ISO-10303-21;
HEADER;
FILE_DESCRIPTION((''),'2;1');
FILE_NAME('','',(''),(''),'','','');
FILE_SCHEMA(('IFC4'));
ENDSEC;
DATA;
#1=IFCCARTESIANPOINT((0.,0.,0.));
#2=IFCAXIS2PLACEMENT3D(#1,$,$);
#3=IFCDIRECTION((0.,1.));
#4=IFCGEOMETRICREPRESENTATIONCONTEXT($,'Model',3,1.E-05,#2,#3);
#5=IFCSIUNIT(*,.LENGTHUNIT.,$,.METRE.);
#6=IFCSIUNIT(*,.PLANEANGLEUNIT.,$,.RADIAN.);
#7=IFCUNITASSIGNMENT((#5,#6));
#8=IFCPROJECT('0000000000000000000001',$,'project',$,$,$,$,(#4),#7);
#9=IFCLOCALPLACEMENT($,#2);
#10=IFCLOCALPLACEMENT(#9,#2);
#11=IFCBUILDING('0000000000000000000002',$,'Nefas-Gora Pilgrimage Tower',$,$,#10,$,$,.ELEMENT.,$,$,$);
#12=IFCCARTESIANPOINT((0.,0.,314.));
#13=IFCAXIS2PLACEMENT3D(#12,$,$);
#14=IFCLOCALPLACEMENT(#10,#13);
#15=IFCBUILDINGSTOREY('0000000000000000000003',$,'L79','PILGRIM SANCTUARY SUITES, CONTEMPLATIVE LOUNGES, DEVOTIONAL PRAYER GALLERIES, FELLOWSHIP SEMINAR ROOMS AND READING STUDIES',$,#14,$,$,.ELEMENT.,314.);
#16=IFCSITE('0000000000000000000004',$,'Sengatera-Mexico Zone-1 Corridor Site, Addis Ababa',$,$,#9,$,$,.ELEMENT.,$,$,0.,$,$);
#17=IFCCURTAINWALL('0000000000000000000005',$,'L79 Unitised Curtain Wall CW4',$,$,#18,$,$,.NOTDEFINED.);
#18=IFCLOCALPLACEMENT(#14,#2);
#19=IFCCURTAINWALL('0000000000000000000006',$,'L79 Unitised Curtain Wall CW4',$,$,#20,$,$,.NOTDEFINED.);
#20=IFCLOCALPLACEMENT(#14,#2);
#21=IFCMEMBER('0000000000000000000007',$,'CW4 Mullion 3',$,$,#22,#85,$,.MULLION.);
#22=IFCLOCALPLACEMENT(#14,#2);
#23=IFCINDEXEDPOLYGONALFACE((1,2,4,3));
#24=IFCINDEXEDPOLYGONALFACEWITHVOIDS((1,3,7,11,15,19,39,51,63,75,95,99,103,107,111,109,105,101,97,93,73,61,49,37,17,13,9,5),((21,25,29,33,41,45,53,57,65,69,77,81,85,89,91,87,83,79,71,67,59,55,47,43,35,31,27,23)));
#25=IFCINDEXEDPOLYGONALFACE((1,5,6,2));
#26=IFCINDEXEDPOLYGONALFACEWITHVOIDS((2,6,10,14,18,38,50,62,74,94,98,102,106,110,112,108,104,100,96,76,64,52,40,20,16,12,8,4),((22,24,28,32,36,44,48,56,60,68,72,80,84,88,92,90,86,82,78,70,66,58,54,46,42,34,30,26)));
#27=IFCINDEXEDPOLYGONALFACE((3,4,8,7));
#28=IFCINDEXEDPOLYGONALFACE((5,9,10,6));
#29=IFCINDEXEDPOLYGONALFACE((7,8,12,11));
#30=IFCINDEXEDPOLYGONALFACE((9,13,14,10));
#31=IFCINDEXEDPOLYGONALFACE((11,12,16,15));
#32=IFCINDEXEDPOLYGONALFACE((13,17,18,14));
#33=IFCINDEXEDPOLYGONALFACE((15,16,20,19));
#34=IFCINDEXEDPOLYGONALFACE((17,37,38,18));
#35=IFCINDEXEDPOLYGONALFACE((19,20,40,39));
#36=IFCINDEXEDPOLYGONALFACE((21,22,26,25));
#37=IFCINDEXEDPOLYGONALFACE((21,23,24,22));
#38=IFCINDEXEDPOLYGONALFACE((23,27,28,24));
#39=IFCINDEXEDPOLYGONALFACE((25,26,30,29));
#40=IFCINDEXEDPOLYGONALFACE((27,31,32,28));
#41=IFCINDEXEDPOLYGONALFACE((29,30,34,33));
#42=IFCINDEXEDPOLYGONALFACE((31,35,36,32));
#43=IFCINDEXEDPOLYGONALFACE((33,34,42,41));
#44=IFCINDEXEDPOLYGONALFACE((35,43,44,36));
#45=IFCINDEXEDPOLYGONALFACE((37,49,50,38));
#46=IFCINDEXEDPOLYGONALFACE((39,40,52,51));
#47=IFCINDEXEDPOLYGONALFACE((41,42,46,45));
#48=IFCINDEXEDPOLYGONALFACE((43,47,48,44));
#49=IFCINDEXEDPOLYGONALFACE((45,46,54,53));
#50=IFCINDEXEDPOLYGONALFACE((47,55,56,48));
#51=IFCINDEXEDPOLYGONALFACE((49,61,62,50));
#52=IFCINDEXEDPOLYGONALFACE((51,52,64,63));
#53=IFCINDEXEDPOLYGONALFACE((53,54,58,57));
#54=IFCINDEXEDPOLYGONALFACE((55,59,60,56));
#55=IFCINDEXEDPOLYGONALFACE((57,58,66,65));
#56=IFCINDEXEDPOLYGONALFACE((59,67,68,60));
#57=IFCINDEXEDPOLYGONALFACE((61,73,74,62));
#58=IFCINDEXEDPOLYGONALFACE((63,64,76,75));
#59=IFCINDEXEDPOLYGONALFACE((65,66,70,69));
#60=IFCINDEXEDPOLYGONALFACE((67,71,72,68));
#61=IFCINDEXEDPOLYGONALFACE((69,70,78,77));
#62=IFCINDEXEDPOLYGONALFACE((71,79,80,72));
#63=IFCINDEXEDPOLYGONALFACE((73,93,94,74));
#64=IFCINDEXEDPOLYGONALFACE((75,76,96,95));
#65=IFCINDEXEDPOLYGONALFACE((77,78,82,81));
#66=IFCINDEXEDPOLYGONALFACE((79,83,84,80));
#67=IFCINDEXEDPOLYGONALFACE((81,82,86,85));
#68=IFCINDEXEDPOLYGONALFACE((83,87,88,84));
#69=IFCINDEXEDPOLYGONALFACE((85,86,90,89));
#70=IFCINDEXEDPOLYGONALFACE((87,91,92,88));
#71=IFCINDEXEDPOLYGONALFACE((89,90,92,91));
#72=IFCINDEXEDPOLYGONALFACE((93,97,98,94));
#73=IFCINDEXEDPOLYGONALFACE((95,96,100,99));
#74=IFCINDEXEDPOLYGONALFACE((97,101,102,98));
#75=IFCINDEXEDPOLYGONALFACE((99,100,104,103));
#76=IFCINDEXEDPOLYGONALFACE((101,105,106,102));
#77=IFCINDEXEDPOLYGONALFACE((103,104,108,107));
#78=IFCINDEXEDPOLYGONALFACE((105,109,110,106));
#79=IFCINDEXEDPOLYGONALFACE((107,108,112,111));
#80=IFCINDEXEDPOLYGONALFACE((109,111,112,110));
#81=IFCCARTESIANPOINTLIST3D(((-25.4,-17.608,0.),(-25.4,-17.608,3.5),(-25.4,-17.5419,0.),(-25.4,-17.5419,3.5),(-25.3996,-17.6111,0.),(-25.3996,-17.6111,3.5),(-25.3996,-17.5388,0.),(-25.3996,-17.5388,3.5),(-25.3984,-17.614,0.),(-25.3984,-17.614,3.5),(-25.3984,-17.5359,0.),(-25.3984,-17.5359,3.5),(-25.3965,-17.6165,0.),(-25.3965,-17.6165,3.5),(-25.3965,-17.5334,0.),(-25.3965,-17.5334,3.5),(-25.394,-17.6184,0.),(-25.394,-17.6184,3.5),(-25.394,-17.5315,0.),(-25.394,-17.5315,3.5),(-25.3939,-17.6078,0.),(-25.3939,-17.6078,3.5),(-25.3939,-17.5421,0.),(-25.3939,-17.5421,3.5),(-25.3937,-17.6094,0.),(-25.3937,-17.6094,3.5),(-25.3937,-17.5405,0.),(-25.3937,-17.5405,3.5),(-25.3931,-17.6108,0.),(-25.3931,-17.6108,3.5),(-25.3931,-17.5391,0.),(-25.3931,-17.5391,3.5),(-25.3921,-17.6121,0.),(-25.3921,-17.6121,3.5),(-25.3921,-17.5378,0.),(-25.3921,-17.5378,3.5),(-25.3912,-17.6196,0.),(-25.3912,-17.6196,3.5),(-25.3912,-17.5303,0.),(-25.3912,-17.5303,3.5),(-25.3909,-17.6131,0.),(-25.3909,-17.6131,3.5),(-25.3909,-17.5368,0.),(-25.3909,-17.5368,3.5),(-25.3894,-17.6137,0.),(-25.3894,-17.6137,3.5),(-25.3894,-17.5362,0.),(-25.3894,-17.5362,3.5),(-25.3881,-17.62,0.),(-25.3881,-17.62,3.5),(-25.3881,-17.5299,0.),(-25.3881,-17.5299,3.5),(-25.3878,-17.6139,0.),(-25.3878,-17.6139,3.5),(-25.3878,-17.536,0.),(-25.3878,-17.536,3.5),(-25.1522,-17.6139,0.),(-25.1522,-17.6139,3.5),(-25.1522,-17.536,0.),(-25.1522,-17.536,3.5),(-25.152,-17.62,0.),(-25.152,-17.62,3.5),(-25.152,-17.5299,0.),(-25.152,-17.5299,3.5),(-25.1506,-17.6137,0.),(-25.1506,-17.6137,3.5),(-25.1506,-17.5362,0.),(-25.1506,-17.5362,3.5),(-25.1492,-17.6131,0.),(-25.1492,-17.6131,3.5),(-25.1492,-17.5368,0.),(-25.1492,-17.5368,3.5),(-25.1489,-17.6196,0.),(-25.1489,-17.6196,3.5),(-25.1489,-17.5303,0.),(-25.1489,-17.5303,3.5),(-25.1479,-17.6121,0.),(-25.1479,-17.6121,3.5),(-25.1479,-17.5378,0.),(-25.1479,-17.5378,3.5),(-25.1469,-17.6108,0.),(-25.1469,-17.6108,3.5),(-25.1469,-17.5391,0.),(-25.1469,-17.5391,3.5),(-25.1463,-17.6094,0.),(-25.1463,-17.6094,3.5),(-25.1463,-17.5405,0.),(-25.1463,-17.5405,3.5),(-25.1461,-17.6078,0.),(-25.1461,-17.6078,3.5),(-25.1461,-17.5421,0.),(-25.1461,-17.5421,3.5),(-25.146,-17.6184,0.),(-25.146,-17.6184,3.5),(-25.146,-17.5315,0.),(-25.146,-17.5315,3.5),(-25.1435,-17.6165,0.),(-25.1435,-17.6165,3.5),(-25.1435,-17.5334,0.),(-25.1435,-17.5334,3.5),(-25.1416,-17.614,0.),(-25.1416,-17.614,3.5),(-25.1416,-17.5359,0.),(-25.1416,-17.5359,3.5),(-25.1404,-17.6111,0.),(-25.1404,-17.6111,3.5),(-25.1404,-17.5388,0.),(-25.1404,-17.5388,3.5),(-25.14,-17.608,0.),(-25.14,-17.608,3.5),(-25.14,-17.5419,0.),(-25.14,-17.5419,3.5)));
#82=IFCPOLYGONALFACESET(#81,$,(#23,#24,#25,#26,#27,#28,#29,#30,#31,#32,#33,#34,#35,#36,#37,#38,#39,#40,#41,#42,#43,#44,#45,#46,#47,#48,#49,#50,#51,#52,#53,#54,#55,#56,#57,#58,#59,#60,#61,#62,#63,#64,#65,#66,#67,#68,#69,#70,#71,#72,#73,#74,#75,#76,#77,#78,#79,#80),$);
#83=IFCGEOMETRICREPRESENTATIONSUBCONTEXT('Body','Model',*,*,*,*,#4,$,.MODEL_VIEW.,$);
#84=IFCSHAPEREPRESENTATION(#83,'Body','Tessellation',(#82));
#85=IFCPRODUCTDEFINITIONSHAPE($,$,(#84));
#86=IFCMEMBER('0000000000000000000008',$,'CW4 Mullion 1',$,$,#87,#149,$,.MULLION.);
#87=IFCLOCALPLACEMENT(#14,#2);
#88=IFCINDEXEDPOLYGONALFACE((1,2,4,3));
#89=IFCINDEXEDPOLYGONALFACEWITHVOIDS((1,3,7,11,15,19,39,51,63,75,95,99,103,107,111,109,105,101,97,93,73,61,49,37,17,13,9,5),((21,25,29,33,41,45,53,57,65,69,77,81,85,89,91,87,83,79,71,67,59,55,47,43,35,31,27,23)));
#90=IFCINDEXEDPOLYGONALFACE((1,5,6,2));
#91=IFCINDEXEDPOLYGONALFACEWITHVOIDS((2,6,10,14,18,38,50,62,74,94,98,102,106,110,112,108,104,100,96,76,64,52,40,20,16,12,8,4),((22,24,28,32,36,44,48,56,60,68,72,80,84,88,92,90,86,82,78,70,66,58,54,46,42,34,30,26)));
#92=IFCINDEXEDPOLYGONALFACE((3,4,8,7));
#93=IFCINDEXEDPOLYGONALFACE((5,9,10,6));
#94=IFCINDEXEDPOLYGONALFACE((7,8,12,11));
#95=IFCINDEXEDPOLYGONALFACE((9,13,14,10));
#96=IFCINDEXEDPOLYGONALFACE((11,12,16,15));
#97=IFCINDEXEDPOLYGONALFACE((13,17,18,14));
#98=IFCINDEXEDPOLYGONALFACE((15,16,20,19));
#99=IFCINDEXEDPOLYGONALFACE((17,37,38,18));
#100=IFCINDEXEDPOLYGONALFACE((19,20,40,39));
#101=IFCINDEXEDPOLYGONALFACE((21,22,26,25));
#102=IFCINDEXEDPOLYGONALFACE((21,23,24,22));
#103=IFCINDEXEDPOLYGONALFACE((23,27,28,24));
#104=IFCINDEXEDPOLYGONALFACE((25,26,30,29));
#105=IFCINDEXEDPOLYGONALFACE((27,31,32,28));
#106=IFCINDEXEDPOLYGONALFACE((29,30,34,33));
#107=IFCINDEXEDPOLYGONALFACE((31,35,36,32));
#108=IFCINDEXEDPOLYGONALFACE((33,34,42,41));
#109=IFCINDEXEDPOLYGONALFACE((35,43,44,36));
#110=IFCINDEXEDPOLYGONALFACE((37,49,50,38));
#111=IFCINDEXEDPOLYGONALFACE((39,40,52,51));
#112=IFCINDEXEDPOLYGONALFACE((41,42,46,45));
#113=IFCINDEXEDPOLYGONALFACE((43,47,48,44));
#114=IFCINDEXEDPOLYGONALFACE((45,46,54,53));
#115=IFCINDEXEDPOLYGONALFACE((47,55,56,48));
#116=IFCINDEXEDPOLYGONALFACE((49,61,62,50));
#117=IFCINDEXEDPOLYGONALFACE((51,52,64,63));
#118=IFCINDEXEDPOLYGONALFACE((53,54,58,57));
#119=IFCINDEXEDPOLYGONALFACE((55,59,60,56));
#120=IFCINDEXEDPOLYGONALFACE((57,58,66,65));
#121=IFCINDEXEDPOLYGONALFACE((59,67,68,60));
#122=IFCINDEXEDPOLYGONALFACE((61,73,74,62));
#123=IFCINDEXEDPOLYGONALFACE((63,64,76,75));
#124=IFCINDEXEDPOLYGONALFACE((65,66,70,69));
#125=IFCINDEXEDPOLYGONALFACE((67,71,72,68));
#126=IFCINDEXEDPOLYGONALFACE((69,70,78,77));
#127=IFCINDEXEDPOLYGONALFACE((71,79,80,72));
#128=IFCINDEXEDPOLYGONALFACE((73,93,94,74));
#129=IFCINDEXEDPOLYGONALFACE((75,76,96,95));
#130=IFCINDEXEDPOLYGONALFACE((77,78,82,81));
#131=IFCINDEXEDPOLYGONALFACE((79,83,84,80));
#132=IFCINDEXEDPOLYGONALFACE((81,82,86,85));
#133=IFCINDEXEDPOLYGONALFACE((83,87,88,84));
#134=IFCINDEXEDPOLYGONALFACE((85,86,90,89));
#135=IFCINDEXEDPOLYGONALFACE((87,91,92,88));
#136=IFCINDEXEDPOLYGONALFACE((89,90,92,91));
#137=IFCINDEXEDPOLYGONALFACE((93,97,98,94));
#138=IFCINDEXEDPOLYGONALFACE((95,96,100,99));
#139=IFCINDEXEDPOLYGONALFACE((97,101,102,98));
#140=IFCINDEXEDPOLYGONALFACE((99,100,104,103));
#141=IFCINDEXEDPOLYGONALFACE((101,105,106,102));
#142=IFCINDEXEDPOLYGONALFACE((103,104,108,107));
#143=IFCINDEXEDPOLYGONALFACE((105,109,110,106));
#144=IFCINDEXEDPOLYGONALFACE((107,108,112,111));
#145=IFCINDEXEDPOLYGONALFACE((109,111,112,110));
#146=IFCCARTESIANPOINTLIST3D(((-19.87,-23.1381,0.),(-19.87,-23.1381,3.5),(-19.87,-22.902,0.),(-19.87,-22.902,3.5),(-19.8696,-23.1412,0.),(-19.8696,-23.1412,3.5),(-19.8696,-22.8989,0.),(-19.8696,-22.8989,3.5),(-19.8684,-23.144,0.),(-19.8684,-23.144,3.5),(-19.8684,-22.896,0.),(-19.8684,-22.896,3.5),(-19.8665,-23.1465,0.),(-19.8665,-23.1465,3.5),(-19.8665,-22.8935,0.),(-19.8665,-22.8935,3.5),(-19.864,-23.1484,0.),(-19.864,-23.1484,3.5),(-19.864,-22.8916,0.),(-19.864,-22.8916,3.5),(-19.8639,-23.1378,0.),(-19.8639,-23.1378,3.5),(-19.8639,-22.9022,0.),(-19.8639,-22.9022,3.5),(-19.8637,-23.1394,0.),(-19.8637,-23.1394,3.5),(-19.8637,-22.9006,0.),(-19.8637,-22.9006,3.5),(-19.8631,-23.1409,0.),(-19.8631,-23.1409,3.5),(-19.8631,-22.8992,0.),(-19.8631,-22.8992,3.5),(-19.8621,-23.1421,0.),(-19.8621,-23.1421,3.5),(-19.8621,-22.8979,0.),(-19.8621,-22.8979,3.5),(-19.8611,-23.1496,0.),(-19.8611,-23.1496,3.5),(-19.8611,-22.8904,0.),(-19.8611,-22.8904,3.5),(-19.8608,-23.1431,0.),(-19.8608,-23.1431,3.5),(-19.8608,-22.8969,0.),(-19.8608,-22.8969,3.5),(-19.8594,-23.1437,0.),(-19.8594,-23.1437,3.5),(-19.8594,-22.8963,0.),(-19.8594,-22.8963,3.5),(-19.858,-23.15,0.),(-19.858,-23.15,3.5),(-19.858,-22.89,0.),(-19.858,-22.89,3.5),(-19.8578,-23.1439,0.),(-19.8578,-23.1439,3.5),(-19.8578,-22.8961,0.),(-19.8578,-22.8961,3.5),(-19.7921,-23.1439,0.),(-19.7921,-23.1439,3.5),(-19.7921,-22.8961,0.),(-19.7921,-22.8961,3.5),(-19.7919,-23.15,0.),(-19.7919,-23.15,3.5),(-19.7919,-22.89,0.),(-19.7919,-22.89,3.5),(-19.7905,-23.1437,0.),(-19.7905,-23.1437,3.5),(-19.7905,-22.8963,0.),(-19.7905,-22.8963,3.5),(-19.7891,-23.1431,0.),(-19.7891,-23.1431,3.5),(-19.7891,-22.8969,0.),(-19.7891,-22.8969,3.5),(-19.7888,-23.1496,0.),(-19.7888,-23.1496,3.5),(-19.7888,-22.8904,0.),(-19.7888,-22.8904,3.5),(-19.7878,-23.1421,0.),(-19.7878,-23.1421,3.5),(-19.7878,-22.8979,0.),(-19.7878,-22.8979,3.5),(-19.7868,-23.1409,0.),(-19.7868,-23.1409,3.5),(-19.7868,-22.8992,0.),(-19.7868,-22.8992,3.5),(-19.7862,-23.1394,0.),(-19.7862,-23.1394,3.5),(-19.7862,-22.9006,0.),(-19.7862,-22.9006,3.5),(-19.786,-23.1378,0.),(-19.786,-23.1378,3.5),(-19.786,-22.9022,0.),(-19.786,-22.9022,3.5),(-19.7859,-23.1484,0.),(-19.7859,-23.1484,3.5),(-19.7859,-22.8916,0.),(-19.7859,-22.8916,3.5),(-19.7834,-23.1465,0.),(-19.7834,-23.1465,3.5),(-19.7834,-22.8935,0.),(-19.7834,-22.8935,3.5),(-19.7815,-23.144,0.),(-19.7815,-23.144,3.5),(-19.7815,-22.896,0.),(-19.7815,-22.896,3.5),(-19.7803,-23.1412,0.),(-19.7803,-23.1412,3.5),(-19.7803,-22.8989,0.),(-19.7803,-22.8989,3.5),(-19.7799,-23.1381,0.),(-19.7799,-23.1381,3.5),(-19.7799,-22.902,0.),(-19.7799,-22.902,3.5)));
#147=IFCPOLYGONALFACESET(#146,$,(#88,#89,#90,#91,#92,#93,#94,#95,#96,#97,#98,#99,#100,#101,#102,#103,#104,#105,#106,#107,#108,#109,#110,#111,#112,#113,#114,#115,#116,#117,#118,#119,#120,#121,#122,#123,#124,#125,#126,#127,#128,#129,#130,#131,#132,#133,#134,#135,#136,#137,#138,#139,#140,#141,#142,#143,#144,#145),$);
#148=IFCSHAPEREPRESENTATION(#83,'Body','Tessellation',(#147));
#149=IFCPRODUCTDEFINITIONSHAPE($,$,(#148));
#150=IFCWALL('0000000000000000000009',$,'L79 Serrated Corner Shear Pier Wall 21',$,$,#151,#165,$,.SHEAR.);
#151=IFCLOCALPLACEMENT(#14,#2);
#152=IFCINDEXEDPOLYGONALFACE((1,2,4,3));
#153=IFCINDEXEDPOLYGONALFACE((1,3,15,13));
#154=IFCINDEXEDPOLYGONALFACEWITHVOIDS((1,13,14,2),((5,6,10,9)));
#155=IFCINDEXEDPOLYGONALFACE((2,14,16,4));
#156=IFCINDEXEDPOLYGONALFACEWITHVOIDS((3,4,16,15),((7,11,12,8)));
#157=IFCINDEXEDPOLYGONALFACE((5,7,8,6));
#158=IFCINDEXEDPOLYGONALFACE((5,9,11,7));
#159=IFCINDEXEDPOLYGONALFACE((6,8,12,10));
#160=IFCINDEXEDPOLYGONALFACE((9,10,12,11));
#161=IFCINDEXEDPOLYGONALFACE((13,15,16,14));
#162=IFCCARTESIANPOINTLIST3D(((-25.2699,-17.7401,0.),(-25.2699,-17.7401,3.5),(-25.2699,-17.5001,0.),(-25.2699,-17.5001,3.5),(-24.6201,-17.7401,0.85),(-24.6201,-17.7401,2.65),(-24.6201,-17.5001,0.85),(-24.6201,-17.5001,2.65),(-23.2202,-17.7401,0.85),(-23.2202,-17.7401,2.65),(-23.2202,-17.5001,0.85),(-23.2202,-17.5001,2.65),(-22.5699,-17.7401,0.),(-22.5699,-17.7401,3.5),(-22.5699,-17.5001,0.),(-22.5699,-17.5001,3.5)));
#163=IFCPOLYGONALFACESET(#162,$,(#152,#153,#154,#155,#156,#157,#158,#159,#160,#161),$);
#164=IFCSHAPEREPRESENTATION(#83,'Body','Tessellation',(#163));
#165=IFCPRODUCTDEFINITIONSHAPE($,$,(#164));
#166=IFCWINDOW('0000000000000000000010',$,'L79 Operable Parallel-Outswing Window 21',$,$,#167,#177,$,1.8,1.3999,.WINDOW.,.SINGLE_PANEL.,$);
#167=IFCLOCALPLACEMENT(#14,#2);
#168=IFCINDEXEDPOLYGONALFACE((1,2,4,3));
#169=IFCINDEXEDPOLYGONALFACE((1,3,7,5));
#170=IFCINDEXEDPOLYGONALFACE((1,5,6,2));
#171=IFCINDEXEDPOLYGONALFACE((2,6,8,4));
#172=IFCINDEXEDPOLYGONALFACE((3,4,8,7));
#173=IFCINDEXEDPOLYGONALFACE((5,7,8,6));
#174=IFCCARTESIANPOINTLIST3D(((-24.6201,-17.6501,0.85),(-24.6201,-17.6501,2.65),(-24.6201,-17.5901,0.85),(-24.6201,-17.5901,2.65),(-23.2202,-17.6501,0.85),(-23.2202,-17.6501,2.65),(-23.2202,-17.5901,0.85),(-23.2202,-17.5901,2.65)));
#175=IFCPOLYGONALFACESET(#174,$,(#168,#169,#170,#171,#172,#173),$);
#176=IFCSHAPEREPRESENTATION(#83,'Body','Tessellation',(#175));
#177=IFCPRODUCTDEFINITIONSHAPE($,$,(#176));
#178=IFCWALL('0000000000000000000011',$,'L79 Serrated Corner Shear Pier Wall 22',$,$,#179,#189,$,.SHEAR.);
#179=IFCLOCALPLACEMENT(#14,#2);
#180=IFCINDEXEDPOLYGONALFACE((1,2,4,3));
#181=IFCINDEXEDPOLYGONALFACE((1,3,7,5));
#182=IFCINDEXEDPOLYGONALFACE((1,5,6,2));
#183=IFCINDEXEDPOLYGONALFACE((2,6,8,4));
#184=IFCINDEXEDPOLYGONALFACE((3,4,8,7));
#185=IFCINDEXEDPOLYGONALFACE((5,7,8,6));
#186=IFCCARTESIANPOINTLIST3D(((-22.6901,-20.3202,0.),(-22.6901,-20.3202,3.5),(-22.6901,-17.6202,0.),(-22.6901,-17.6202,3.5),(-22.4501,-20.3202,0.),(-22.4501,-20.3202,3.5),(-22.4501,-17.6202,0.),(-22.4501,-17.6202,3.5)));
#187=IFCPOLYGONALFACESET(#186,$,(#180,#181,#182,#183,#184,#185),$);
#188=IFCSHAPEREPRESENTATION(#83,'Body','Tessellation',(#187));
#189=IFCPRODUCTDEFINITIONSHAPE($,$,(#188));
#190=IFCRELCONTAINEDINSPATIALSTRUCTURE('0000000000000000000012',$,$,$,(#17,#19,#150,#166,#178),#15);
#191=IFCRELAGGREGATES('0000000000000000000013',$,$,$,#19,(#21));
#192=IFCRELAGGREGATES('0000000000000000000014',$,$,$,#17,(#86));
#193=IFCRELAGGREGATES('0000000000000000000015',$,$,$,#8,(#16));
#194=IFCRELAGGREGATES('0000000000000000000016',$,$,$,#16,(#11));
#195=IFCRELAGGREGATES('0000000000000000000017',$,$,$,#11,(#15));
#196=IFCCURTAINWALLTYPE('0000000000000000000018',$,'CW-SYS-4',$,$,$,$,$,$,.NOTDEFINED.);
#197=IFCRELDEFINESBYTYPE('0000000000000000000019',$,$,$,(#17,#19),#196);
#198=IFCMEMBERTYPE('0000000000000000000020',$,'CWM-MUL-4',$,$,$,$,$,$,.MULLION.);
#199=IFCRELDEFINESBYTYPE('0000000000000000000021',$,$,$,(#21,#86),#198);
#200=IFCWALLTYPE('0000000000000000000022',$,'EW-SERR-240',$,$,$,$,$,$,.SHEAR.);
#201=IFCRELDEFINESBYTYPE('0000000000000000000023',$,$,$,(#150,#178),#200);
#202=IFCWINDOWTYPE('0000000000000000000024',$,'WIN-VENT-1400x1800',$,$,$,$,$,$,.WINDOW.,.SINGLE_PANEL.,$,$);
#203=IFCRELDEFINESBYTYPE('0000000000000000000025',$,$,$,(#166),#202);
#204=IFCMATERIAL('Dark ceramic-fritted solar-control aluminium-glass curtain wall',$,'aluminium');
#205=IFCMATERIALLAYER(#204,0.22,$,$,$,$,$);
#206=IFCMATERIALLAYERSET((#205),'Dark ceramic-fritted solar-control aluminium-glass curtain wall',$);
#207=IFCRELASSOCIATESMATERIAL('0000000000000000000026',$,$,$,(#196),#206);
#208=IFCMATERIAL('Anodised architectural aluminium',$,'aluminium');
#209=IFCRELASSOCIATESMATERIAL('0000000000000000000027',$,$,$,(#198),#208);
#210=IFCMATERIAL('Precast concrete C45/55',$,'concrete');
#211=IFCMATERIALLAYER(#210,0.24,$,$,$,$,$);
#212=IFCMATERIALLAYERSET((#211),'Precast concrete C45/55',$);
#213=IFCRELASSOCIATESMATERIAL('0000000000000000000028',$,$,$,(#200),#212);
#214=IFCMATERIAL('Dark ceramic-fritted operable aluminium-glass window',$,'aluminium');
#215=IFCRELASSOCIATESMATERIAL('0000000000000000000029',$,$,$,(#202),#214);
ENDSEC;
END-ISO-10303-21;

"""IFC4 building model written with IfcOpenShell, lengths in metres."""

from ifc_helpers import new_model, si_unit, direction, frame, frame_2d, origin, origin_2d, place, context, subcontext, project, spatial, rectangle, hollow_rectangle, extrude, source, transform, mapped, material, layer, layer_set, material_profile, profile_set, type_object, element, fill, aggregate, save


model = new_model("IFC4")

# Units and contexts
model_context = context("Model", 3, precision=1e-05, world=origin(), true_north=direction((0.0, 1.0)))
body_context = subcontext(model_context, "Body", "Model", "MODEL_VIEW")
ifc_project = project(units=[si_unit("LENGTHUNIT", "METRE"), si_unit("PLANEANGLEUNIT", "RADIAN")], contexts=[model_context])

# Site, building, storey
site_placement = place(None, origin())
site = spatial("IfcSite", under=ifc_project, at=site_placement, Name="Sengatera-Mexico Zone-1 Corridor Site, Addis Ababa", CompositionType="ELEMENT", RefElevation=0.0)
building_placement = place(site_placement, origin())
building = spatial("IfcBuilding", under=site, at=building_placement, Name="Nefas-Gora Pilgrimage Tower", CompositionType="ELEMENT")
storey_placement = place(building_placement, frame((0.0, 0.0, 314.0)))
storey = spatial("IfcBuildingStorey", under=building, at=storey_placement, Name="L79", Description="PILGRIM SANCTUARY SUITES, CONTEMPLATIVE LOUNGES, DEVOTIONAL PRAYER GALLERIES, FELLOWSHIP SEMINAR ROOMS AND READING STUDIES", CompositionType="ELEMENT", Elevation=314.0)

# Curtain walls, member
ifc_material_1 = material(Name="Dark ceramic-fritted solar-control aluminium-glass curtain wall", Category="aluminium")
ifc_layer_1 = layer(ifc_material_1, 0.22)
ifc_layer_set_1 = layer_set([ifc_layer_1], Name="Dark ceramic-fritted solar-control aluminium-glass curtain wall")
curtain_wall_type = type_object("IfcCurtainWallType", Name="CW-SYS-4", PredefinedType="NOTDEFINED", material=ifc_layer_set_1)
curtain_wall_1_placement = place(storey_placement, origin())
curtain_wall_1 = element("IfcCurtainWall", 1, at=curtain_wall_1_placement, inside=storey, type_object=curtain_wall_type, Name="L79 Unitised Curtain Wall CW4", PredefinedType="NOTDEFINED")
ifc_material_2 = material(Name="Anodised architectural aluminium", Category="aluminium")
curtain_wall_2_placement = place(storey_placement, origin())
curtain_wall_2 = element("IfcCurtainWall", 2, at=curtain_wall_2_placement, inside=storey, type_object=curtain_wall_type, Name="L79 Unitised Curtain Wall CW4", PredefinedType="NOTDEFINED")
ifc_material_profile_1 = material_profile(ifc_material_2, hollow_rectangle(XDim=0.0901, YDim=0.26, WallThickness=0.0061, InnerFilletRadius=0.0061, OuterFilletRadius=0.012, at=origin_2d()), Name="ALU MULLION 90x260")
ifc_profile_set_1 = profile_set([ifc_material_profile_1], Name="Anodised architectural aluminium")
member_type_1 = type_object("IfcMemberType", Name="CWM-MUL-4", PredefinedType="MULLION", material=ifc_profile_set_1)
shared_shape_1 = source(origin(), body_context, "Body", "SweptSolid", [
    extrude(hollow_rectangle(XDim=0.0901, YDim=0.26, WallThickness=0.0061, InnerFilletRadius=0.0061, OuterFilletRadius=0.012, at=origin_2d()), origin(), (0.0, 0.0, 1.0), 3.5),
])
member_1_placement = place(storey_placement, frame((-25.27, -17.575, 0.0), z_axis=(0.0, 0.0, 1.0), x_axis=(0.0, -1.0, 0.0)))
member_1 = element("IfcMember", 3, at=member_1_placement, type_object=member_type_1, Name="CW4 Mullion 3", PredefinedType="MULLION", context=body_context, shape_type="MappedRepresentation", body=[
    mapped(shared_shape_1, transform((0.0, 0.0, 0.0), x_axis=(1.0, 0.0, 0.0), y_axis=(0.0, 1.0, 0.0), z_axis=(0.0, 0.0, 1.0), scale=1.0)),
])
aggregate(curtain_wall_2, [member_1])

# Member
member_2_placement = place(storey_placement, frame((-19.825, -23.02, 0.0), z_axis=(0.0, 0.0, 1.0), x_axis=(1.0, 0.0, 0.0)))
member_2 = element("IfcMember", 4, at=member_2_placement, type_object=member_type_1, Name="CW4 Mullion 1", PredefinedType="MULLION", context=body_context, shape_type="MappedRepresentation", body=[
    mapped(shared_shape_1, transform((0.0, 0.0, 0.0), x_axis=(1.0, 0.0, 0.0), y_axis=(0.0, 1.0, 0.0), z_axis=(0.0, 0.0, 1.0), scale=1.0)),
])
aggregate(curtain_wall_1, [member_2])

# Wall, opening, window
ifc_material_3 = material(Name="Precast concrete C45/55", Category="concrete")
ifc_layer_2 = layer(ifc_material_3, 0.24)
ifc_layer_set_2 = layer_set([ifc_layer_2], Name="Precast concrete C45/55")
wall_type_1 = type_object("IfcWallType", Name="EW-SERR-240", PredefinedType="SHEAR", material=ifc_layer_set_2)
shared_shape_2 = source(origin(), body_context, "Body", "SweptSolid", [
    extrude(rectangle(XDim=2.7, YDim=0.24, at=frame_2d((1.3501, 0.0))), origin(), (0.0, 0.0, 1.0), 3.5),
])
wall_1_placement = place(storey_placement, frame((-25.27, -17.6201, 0.0), z_axis=(0.0, 0.0, 1.0), x_axis=(1.0, 0.0, 0.0)))
wall_1 = element("IfcWall", 5, at=wall_1_placement, inside=storey, type_object=wall_type_1, Name="L79 Serrated Corner Shear Pier Wall 21", PredefinedType="SHEAR", context=body_context, shape_type="MappedRepresentation", body=[
    mapped(shared_shape_2, transform((0.0, 0.0, 0.0), x_axis=(1.0, 0.0, 0.0), y_axis=(0.0, 1.0, 0.0), z_axis=(0.0, 0.0, 1.0), scale=1.0)),
])
opening_1_placement = place(wall_1_placement, frame((0.6499, 0.0, 0.8501)))
opening_1 = element("IfcOpeningElement", 6, at=opening_1_placement, cuts=wall_1, PredefinedType="OPENING", context=body_context, shape_type="SweptSolid", body=[
    extrude(rectangle(XDim=1.3999, YDim=1.8, at=frame_2d((0.7, 0.8999))), frame((0.0, 0.1299, 0.0), z_axis=(0.0, -1.0, 0.0), x_axis=(1.0, 0.0, 0.0)), (0.0, 0.0, 1.0), 0.26),
])
ifc_material_4 = material(Name="Dark ceramic-fritted operable aluminium-glass window", Category="aluminium")
window_type = type_object("IfcWindowType", Name="WIN-VENT-1400x1800", PartitioningType="SINGLE_PANEL", PredefinedType="WINDOW", material=ifc_material_4)
shared_shape_3 = source(origin(), body_context, "Body", "SweptSolid", [
    extrude(rectangle(XDim=1.3999, YDim=1.8, at=frame_2d((0.7, 0.8999))), frame((0.0, 0.03, 0.0), z_axis=(0.0, -1.0, 0.0), x_axis=(1.0, 0.0, 0.0)), (0.0, 0.0, 1.0), 0.0601),
])
window_placement = place(opening_1_placement, origin())
window = element("IfcWindow", 7, at=window_placement, inside=storey, type_object=window_type, Name="L79 Operable Parallel-Outswing Window 21", OverallHeight=1.8, OverallWidth=1.3999, PartitioningType="SINGLE_PANEL", PredefinedType="WINDOW", context=body_context, shape_type="MappedRepresentation", body=[
    mapped(shared_shape_3, transform((0.0, 0.0, 0.0), x_axis=(1.0, 0.0, 0.0), y_axis=(0.0, 1.0, 0.0), z_axis=(0.0, 0.0, 1.0), scale=1.0)),
])
fill(opening_1, window)

# Wall
for number, where, z_axis, x_axis, name in (
    (8, (-22.5701, -17.6201, 0.0), (0.0, 0.0, 1.0), (0.0, -1.0, 0.0), "L79 Serrated Corner Shear Pier Wall 22"),
):
    element("IfcWall", number, at=place(storey_placement, frame(where, z_axis=z_axis, x_axis=x_axis)), inside=storey, type_object=wall_type_1, Name=name, PredefinedType="SHEAR", context=body_context, shape_type="MappedRepresentation", body=[
        mapped(shared_shape_2, transform((0.0, 0.0, 0.0), x_axis=(1.0, 0.0, 0.0), y_axis=(0.0, 1.0, 0.0), z_axis=(0.0, 0.0, 1.0), scale=1.0)),
    ])

save(model, "model.ifc")
